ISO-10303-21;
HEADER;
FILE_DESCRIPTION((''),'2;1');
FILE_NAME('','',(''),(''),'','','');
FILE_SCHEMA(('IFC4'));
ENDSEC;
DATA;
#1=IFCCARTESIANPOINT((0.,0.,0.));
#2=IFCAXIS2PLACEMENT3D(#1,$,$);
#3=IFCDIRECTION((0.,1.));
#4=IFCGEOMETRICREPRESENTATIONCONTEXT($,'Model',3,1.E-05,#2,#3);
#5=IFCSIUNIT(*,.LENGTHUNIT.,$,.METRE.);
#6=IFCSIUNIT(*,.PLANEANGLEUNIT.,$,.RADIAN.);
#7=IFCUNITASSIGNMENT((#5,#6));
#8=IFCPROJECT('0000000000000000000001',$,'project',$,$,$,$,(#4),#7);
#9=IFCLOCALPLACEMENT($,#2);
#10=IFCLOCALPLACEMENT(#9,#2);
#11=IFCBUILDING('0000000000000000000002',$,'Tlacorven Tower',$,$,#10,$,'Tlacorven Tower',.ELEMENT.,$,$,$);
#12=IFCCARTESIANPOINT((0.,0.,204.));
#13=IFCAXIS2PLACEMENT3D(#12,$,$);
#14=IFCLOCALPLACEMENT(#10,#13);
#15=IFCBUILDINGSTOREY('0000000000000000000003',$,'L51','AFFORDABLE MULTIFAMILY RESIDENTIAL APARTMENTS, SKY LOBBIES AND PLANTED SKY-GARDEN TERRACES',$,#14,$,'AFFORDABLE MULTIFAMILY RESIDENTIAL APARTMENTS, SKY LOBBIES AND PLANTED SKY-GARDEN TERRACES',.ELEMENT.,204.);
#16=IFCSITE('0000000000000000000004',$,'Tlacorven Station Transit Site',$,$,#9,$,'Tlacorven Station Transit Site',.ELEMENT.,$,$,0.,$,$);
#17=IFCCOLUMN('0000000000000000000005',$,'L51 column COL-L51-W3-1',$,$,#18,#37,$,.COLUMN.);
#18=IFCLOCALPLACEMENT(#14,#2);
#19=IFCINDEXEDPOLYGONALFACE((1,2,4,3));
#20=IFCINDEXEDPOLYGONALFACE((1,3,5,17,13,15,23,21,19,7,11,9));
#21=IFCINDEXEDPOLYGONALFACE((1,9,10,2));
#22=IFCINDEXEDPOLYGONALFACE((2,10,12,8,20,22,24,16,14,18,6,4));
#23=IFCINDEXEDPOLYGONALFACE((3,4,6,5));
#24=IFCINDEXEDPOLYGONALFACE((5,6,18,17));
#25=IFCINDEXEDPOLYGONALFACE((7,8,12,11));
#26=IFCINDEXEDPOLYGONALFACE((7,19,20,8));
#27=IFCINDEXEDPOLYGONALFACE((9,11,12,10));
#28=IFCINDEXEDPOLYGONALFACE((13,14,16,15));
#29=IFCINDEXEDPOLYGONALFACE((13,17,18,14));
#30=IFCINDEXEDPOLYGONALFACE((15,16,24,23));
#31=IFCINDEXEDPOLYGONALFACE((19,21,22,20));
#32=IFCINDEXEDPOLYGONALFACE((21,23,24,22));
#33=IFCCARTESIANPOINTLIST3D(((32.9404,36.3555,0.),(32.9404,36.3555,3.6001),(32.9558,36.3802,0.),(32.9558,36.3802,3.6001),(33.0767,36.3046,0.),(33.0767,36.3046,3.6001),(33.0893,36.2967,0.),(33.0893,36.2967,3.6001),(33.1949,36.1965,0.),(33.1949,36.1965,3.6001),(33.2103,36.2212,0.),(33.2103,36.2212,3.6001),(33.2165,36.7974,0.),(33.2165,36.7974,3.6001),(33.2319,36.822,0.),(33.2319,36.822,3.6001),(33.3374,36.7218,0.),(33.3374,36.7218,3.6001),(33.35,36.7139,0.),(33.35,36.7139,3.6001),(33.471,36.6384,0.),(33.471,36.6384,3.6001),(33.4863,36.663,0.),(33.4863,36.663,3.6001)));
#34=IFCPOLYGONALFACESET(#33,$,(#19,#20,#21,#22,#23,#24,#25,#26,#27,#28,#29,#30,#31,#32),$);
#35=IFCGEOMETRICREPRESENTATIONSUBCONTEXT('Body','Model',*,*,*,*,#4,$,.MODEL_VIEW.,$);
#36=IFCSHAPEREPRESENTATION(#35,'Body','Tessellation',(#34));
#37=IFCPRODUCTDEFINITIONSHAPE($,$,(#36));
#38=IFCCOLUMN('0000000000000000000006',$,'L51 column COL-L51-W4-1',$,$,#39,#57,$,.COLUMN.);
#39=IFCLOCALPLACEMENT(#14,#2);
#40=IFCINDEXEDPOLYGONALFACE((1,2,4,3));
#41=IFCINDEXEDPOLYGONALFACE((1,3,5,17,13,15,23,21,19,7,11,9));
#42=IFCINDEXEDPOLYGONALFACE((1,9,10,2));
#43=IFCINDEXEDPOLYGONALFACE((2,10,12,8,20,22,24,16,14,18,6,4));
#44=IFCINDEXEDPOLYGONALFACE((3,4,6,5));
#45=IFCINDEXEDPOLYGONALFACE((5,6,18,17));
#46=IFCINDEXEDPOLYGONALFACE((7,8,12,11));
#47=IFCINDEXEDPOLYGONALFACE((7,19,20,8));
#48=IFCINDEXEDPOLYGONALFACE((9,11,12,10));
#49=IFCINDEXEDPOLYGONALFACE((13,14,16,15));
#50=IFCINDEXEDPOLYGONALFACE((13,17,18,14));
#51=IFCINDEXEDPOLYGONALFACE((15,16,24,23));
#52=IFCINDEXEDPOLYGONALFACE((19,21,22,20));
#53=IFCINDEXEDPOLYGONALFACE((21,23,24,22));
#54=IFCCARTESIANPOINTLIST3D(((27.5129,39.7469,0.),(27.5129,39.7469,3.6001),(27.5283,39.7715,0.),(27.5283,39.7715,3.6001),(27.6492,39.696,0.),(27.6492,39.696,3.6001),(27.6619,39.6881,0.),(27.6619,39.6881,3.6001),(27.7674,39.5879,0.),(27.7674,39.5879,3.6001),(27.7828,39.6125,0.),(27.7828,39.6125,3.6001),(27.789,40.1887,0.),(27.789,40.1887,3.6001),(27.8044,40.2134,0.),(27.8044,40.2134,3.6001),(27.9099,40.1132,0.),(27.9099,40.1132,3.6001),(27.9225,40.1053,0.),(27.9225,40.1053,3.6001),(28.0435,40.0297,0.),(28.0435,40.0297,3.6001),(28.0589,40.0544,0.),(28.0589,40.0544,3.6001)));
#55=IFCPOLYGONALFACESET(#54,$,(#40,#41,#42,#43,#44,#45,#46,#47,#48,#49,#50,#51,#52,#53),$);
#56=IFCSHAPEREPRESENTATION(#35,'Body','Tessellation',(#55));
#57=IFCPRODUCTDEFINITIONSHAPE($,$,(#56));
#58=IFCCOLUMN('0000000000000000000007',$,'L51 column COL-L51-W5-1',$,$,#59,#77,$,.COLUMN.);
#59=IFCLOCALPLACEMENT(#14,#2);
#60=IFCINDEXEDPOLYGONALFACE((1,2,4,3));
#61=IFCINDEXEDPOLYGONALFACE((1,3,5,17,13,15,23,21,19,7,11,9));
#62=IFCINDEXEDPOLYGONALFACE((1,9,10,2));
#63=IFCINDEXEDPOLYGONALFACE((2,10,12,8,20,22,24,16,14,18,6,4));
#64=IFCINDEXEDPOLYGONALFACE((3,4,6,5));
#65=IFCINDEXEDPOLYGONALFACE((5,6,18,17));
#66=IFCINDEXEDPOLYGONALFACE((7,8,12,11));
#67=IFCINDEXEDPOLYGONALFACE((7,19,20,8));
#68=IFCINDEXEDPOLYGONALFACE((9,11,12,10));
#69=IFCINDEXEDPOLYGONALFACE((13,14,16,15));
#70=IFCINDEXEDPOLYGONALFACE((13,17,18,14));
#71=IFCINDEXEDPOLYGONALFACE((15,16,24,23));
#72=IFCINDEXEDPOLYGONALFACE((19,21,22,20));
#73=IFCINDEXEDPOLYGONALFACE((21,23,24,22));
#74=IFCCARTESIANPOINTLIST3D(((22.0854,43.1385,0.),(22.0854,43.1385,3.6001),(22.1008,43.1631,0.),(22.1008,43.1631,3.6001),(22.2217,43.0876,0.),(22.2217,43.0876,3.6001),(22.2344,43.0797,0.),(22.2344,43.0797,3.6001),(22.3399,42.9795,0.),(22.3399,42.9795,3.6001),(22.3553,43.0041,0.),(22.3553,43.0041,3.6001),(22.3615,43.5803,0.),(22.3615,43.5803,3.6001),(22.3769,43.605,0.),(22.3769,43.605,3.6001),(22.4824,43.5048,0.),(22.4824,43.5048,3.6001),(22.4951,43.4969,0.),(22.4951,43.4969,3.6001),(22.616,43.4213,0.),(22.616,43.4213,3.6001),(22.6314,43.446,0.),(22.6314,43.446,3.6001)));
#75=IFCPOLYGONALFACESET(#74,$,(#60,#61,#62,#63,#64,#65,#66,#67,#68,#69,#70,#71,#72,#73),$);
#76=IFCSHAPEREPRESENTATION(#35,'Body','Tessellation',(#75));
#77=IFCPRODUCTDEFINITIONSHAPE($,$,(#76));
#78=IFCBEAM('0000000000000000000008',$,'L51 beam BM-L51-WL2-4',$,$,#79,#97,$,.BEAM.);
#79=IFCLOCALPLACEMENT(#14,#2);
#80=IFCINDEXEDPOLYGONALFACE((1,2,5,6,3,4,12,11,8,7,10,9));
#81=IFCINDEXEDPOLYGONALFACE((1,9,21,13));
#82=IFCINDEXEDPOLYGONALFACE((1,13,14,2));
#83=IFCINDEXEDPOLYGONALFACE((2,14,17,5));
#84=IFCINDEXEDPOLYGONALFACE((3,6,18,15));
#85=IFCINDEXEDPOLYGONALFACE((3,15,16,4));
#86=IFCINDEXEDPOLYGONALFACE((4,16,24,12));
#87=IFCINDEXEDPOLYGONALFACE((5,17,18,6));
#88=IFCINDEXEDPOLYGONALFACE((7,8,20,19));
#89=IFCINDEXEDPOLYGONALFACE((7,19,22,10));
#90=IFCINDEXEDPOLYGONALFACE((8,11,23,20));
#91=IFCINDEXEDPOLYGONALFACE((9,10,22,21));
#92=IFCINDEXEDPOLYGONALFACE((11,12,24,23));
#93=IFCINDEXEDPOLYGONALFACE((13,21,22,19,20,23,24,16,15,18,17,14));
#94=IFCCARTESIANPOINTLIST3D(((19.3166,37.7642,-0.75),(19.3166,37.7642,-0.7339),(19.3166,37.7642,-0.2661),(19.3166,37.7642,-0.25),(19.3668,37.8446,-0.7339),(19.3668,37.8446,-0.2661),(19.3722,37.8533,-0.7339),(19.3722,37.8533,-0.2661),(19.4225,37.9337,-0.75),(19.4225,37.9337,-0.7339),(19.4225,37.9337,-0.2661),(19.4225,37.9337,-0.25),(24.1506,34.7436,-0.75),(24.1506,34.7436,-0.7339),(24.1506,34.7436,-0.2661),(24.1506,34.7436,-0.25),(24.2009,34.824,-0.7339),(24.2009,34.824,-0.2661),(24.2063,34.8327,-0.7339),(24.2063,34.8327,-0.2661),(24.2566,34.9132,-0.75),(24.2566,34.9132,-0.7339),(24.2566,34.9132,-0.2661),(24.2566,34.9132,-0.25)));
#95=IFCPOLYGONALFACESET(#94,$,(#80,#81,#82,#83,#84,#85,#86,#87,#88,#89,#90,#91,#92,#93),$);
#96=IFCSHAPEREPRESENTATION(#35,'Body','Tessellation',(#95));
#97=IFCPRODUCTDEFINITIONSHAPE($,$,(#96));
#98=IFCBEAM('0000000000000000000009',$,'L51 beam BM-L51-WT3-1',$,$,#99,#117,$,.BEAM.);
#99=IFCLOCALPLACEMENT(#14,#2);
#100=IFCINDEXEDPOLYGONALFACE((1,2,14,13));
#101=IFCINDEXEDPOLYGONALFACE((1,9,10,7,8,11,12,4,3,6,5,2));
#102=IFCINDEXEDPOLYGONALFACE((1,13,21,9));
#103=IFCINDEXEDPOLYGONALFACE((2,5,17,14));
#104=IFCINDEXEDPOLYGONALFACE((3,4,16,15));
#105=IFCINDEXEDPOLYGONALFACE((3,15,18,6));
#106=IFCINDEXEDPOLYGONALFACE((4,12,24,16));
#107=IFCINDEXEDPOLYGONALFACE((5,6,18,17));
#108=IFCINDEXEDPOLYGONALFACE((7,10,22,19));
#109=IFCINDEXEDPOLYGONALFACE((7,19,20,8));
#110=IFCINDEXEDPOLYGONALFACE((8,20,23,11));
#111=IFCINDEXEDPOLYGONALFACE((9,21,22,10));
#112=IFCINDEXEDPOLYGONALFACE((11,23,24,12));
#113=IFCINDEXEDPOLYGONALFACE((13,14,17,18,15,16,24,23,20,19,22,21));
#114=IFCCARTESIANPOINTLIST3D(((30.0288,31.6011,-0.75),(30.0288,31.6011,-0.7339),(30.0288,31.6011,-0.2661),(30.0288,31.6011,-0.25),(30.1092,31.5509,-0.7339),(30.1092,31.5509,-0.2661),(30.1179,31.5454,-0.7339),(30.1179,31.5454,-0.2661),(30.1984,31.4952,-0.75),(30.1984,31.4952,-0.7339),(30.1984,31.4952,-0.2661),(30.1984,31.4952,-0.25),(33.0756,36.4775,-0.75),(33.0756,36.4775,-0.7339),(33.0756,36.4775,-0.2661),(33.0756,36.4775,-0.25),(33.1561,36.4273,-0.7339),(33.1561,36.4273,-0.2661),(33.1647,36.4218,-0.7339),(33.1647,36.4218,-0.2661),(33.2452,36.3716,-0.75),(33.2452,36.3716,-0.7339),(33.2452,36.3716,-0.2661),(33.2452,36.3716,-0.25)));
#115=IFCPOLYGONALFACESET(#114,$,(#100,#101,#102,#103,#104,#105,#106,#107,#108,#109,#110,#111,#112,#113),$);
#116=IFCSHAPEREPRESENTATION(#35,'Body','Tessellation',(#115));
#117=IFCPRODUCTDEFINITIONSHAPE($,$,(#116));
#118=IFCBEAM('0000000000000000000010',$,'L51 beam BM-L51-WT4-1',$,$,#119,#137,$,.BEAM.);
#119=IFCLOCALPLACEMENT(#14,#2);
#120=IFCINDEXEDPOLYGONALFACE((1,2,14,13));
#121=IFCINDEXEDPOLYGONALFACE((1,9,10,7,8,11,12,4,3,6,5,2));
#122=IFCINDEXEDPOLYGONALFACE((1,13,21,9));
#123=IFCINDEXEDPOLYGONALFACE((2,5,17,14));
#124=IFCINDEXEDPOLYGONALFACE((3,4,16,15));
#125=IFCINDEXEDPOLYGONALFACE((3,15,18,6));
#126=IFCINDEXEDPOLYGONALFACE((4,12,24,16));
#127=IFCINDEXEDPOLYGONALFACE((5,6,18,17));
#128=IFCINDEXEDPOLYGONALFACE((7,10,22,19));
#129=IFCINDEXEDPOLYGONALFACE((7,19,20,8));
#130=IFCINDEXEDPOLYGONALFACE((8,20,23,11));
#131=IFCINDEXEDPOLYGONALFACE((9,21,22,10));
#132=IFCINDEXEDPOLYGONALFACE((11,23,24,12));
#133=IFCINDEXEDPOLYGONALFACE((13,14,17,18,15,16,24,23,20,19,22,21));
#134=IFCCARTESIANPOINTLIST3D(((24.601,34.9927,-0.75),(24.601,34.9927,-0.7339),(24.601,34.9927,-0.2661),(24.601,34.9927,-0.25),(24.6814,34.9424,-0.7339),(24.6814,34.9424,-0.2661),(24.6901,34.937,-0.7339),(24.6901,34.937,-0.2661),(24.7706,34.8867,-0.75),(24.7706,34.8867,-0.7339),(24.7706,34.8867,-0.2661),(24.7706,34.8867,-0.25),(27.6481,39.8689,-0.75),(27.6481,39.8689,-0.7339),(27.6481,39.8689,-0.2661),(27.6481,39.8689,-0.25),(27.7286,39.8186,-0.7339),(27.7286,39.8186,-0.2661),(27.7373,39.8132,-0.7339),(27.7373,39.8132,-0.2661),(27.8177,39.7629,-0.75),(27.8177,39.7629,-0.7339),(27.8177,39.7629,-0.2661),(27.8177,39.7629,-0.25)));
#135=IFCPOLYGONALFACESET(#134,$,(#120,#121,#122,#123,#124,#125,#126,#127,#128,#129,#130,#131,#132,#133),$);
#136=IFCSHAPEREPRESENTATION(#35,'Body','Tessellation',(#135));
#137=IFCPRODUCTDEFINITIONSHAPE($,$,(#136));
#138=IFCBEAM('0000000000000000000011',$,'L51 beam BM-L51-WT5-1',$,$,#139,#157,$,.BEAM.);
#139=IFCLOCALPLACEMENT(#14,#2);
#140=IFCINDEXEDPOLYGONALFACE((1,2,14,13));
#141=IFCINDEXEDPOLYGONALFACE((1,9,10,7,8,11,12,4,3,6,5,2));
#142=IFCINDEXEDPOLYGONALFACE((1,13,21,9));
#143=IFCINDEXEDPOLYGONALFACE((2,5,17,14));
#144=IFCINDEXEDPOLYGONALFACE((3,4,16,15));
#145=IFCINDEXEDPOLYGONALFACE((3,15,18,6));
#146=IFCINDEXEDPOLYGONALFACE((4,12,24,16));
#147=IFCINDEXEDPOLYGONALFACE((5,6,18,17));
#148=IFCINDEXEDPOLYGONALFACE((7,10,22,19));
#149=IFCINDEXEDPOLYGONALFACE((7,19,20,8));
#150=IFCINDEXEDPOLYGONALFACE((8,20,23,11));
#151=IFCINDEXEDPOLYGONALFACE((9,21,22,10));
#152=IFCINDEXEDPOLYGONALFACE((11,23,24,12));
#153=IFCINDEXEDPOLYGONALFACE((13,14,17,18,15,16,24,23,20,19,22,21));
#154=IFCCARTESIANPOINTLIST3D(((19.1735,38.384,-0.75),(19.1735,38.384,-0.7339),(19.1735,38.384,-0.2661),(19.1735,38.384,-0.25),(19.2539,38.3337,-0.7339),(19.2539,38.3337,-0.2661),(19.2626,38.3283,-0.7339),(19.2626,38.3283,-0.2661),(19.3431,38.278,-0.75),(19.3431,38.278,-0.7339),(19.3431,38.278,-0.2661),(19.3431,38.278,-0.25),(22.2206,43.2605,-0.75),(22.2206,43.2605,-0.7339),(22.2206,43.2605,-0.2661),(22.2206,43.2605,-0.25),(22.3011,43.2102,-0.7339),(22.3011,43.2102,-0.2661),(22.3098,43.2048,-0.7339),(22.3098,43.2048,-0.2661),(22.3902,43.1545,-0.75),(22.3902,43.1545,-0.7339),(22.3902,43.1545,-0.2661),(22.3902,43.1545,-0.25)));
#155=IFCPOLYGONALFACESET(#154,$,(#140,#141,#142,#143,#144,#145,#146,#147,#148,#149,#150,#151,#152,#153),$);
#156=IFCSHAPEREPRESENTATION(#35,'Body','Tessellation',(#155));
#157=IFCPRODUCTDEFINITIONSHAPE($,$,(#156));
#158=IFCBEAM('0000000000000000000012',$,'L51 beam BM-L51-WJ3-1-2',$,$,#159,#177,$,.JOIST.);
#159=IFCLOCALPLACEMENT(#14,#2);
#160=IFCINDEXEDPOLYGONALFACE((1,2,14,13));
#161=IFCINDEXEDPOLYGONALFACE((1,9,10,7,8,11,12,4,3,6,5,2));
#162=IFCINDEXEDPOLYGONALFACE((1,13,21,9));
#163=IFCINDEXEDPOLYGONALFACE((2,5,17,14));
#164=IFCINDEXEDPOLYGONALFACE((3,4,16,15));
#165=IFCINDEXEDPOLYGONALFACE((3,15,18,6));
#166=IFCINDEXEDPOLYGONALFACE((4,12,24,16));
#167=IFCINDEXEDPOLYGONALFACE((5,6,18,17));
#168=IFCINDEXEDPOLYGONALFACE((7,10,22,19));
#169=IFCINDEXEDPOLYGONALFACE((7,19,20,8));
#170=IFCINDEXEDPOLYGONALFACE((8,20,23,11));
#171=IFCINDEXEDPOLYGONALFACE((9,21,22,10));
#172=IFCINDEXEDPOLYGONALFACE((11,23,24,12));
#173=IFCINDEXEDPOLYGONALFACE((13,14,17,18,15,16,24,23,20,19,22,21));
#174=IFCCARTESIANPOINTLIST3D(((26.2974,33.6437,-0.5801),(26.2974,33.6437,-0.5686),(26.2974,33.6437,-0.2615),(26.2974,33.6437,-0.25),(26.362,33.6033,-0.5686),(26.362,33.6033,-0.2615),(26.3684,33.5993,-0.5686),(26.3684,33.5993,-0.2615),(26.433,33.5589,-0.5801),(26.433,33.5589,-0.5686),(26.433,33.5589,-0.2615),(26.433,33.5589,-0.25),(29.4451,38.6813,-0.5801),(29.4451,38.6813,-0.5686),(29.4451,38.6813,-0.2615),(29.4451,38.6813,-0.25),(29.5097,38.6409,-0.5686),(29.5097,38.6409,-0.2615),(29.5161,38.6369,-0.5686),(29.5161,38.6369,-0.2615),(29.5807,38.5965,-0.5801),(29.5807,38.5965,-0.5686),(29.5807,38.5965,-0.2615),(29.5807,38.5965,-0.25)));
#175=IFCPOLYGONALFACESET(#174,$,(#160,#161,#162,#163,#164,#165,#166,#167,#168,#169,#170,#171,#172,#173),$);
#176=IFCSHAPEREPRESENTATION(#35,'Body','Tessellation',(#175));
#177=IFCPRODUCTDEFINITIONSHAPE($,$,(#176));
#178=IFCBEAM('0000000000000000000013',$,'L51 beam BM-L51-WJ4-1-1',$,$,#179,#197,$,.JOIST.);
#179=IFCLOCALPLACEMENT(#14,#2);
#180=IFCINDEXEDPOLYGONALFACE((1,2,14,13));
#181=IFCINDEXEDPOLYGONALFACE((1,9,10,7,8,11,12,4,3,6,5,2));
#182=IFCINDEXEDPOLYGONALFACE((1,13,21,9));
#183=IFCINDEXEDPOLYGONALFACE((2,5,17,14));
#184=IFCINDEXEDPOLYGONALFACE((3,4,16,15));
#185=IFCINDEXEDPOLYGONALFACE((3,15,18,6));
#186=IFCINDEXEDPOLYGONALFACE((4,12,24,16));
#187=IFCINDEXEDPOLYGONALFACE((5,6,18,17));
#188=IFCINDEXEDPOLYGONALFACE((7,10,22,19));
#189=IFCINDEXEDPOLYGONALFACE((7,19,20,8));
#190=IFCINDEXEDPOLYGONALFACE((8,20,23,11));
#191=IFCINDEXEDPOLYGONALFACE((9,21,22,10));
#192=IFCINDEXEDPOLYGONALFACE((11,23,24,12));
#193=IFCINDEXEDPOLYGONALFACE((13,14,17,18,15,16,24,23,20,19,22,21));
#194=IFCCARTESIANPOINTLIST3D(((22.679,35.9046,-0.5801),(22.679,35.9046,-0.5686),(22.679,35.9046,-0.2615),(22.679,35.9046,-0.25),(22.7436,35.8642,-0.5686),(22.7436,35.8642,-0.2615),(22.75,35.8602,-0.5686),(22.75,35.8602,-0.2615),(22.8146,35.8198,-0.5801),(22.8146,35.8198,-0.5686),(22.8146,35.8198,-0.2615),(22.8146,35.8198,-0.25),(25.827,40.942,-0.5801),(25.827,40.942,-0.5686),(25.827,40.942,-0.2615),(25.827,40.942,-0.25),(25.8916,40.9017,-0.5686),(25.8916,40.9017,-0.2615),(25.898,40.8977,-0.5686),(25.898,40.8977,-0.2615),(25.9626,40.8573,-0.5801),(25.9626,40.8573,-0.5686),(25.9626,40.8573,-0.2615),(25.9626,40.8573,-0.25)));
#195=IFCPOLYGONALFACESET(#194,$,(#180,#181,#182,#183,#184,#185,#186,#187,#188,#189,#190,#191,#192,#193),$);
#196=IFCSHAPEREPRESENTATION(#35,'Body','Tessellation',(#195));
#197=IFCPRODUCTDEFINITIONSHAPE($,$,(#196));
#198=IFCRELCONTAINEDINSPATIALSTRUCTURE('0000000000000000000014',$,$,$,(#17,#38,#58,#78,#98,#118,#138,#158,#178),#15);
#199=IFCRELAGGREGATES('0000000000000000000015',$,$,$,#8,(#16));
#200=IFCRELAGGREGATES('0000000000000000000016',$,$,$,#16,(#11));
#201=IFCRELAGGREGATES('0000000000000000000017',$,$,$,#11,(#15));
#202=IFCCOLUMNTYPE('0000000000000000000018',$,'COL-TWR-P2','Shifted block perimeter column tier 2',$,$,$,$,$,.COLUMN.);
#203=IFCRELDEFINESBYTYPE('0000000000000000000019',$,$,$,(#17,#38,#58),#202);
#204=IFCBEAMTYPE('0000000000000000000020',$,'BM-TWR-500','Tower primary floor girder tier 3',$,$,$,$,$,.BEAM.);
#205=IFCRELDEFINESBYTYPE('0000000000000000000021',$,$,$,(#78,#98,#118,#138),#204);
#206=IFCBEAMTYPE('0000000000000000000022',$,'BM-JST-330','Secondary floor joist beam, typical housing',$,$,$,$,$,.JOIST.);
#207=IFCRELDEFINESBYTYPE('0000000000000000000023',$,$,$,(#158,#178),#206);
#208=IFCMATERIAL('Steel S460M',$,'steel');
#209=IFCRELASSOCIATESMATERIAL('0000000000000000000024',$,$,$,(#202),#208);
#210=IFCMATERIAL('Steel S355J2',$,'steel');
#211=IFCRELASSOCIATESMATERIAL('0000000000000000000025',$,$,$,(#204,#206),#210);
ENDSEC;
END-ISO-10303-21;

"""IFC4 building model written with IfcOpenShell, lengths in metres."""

from ifc_helpers import new_model, si_unit, direction, frame, origin, origin_2d, place, context, subcontext, project, spatial, i_section, extrude, source, transform, mapped, material, material_profile, profile_set, type_object, element, save


model = new_model("IFC4")

# Units and contexts
model_context = context("Model", 3, precision=1e-05, world=origin(), true_north=direction((0.0, 1.0)))
body_context = subcontext(model_context, "Body", "Model", "MODEL_VIEW")
ifc_project = project(units=[si_unit("LENGTHUNIT", "METRE"), si_unit("PLANEANGLEUNIT", "RADIAN")], contexts=[model_context])

# Site, building, storey
site_placement = place(None, origin())
site = spatial("IfcSite", under=ifc_project, at=site_placement, Name="Tlacorven Station Transit Site", LongName="Tlacorven Station Transit Site", CompositionType="ELEMENT", RefElevation=0.0)
building_placement = place(site_placement, origin())
building = spatial("IfcBuilding", under=site, at=building_placement, Name="Tlacorven Tower", LongName="Tlacorven Tower", CompositionType="ELEMENT")
storey_placement = place(building_placement, frame((0.0, 0.0, 204.0)))
storey = spatial("IfcBuildingStorey", under=building, at=storey_placement, Name="L51", Description="AFFORDABLE MULTIFAMILY RESIDENTIAL APARTMENTS, SKY LOBBIES AND PLANTED SKY-GARDEN TERRACES", LongName="AFFORDABLE MULTIFAMILY RESIDENTIAL APARTMENTS, SKY LOBBIES AND PLANTED SKY-GARDEN TERRACES", CompositionType="ELEMENT", Elevation=204.0)

# Columns
ifc_material_1 = material(Name="Steel S460M", Category="steel")
ifc_material_profile_1 = material_profile(ifc_material_1, i_section(OverallWidth=0.3, OverallDepth=0.55, WebThickness=0.0149, FlangeThickness=0.0291, at=origin_2d()), Name="HEB 550")
ifc_profile_set_1 = profile_set([ifc_material_profile_1], Name="Steel S460M")
column_type = type_object("IfcColumnType", Name="COL-TWR-P2", Description="Shifted block perimeter column tier 2", PredefinedType="COLUMN", material=ifc_profile_set_1)
shared_shape_1 = source(origin(), body_context, "Body", "SweptSolid", [
    extrude(i_section(OverallWidth=0.3, OverallDepth=0.55, WebThickness=0.0149, FlangeThickness=0.0291, at=origin_2d()), origin(), (0.0, 0.0, 1.0), 3.6001),
])
for number, where, z_axis, x_axis, name in (
    (1, (33.2134, 36.5093, 0.0), (0.0, 0.0, 1.0), (-0.848048, 0.529919, 0.0), "L51 column COL-L51-W3-1"),
    (2, (27.7859, 39.9006, 0.0), (0.0, 0.0, 1.0), (-0.848048, 0.529919, 0.0), "L51 column COL-L51-W4-1"),
    (3, (22.3584, 43.2922, 0.0), (0.0, 0.0, 1.0), (-0.848048, 0.529919, 0.0), "L51 column COL-L51-W5-1"),
):
    element("IfcColumn", number, at=place(storey_placement, frame(where, z_axis=z_axis, x_axis=x_axis)), inside=storey, type_object=column_type, Name=name, PredefinedType="COLUMN", context=body_context, shape_type="MappedRepresentation", body=[
        mapped(shared_shape_1, transform((0.0, 0.0, 0.0), scale=1.0)),
    ])

# Beams
ifc_material_2 = material(Name="Steel S355J2", Category="steel")
ifc_material_profile_2 = material_profile(ifc_material_2, i_section(OverallWidth=0.2, OverallDepth=0.5, WebThickness=0.0103, FlangeThickness=0.0161, at=origin_2d()), Name="IPE 500")
ifc_profile_set_2 = profile_set([ifc_material_profile_2], Name="Steel S355J2")
beam_type_1 = type_object("IfcBeamType", Name="BM-TWR-500", Description="Tower primary floor girder tier 3", PredefinedType="BEAM", material=ifc_profile_set_2)
shared_shape_2 = source(origin(), body_context, "Body", "SweptSolid", [
    extrude(i_section(OverallWidth=0.2, OverallDepth=0.5, WebThickness=0.0103, FlangeThickness=0.0161, at=origin_2d()), origin(), (0.0, 0.0, 1.0), 5.7002),
])
beam_1_placement = place(storey_placement, frame((24.2036, 34.8284, -0.5), z_axis=(-0.848056, 0.529907, 0.0), x_axis=(-0.529907, -0.848056, 0.0)))
element("IfcBeam", 4, at=beam_1_placement, inside=storey, type_object=beam_type_1, Name="L51 beam BM-L51-WL2-4", PredefinedType="BEAM", context=body_context, shape_type="MappedRepresentation", body=[
    mapped(shared_shape_2, transform((0.0, 0.0, 0.0), scale=1.0)),
])
shared_shape_3 = source(origin(), body_context, "Body", "SweptSolid", [
    extrude(i_section(OverallWidth=0.2, OverallDepth=0.5, WebThickness=0.0103, FlangeThickness=0.0161, at=origin_2d()), origin(), (0.0, 0.0, 1.0), 5.75),
])
for number, where, z_axis, x_axis, name in (
    (5, (33.1604, 36.4246, -0.5), (-0.529884, -0.84807, 0.0), (0.84807, -0.529884, 0.0), "L51 beam BM-L51-WT3-1"),
    (6, (27.7329, 39.8159, -0.5), (-0.529934, -0.848039, 0.0), (0.848039, -0.529934, 0.0), "L51 beam BM-L51-WT4-1"),
):
    element("IfcBeam", number, at=place(storey_placement, frame(where, z_axis=z_axis, x_axis=x_axis)), inside=storey, type_object=beam_type_1, Name=name, PredefinedType="BEAM", context=body_context, shape_type="MappedRepresentation", body=[
        mapped(shared_shape_3, transform((0.0, 0.0, 0.0), scale=1.0)),
    ])
shared_shape_4 = source(origin(), body_context, "Body", "SweptSolid", [
    extrude(i_section(OverallWidth=0.2, OverallDepth=0.5, WebThickness=0.0103, FlangeThickness=0.0161, at=origin_2d()), origin(), (0.0, 0.0, 1.0), 5.7502),
])
beam_2_placement = place(storey_placement, frame((22.3054, 43.2075, -0.5), z_axis=(-0.529915, -0.848051, 0.0), x_axis=(0.848051, -0.529915, 0.0)))
element("IfcBeam", 7, at=beam_2_placement, inside=storey, type_object=beam_type_1, Name="L51 beam BM-L51-WT5-1", PredefinedType="BEAM", context=body_context, shape_type="MappedRepresentation", body=[
    mapped(shared_shape_4, transform((0.0, 0.0, 0.0), scale=1.0)),
])
ifc_material_profile_3 = material_profile(ifc_material_2, i_section(OverallWidth=0.1599, OverallDepth=0.3301, WebThickness=0.0076, FlangeThickness=0.0115, at=origin_2d()), Name="IPE 330")
ifc_profile_set_3 = profile_set([ifc_material_profile_3], Name="Steel S355J2")
beam_type_2 = type_object("IfcBeamType", Name="BM-JST-330", Description="Secondary floor joist beam, typical housing", PredefinedType="JOIST", material=ifc_profile_set_3)
shared_shape_5 = source(origin(), body_context, "Body", "SweptSolid", [
    extrude(i_section(OverallWidth=0.1599, OverallDepth=0.3301, WebThickness=0.0076, FlangeThickness=0.0115, at=origin_2d()), origin(), (0.0, 0.0, 1.0), 5.9402),
])
for number, where, z_axis, x_axis, name in (
    (8, (29.5129, 38.6389, -0.415), (-0.529903, -0.848058, 0.0), (0.848058, -0.529903, 0.0), "L51 beam BM-L51-WJ3-1-2"),
    (9, (25.8948, 40.8997, -0.415), (-0.529951, -0.848028, 0.0), (0.848028, -0.529951, 0.0), "L51 beam BM-L51-WJ4-1-1"),
):
    element("IfcBeam", number, at=place(storey_placement, frame(where, z_axis=z_axis, x_axis=x_axis)), inside=storey, type_object=beam_type_2, Name=name, PredefinedType="JOIST", context=body_context, shape_type="MappedRepresentation", body=[
        mapped(shared_shape_5, transform((0.0, 0.0, 0.0), scale=1.0)),
    ])

save(model, "model.ifc")
